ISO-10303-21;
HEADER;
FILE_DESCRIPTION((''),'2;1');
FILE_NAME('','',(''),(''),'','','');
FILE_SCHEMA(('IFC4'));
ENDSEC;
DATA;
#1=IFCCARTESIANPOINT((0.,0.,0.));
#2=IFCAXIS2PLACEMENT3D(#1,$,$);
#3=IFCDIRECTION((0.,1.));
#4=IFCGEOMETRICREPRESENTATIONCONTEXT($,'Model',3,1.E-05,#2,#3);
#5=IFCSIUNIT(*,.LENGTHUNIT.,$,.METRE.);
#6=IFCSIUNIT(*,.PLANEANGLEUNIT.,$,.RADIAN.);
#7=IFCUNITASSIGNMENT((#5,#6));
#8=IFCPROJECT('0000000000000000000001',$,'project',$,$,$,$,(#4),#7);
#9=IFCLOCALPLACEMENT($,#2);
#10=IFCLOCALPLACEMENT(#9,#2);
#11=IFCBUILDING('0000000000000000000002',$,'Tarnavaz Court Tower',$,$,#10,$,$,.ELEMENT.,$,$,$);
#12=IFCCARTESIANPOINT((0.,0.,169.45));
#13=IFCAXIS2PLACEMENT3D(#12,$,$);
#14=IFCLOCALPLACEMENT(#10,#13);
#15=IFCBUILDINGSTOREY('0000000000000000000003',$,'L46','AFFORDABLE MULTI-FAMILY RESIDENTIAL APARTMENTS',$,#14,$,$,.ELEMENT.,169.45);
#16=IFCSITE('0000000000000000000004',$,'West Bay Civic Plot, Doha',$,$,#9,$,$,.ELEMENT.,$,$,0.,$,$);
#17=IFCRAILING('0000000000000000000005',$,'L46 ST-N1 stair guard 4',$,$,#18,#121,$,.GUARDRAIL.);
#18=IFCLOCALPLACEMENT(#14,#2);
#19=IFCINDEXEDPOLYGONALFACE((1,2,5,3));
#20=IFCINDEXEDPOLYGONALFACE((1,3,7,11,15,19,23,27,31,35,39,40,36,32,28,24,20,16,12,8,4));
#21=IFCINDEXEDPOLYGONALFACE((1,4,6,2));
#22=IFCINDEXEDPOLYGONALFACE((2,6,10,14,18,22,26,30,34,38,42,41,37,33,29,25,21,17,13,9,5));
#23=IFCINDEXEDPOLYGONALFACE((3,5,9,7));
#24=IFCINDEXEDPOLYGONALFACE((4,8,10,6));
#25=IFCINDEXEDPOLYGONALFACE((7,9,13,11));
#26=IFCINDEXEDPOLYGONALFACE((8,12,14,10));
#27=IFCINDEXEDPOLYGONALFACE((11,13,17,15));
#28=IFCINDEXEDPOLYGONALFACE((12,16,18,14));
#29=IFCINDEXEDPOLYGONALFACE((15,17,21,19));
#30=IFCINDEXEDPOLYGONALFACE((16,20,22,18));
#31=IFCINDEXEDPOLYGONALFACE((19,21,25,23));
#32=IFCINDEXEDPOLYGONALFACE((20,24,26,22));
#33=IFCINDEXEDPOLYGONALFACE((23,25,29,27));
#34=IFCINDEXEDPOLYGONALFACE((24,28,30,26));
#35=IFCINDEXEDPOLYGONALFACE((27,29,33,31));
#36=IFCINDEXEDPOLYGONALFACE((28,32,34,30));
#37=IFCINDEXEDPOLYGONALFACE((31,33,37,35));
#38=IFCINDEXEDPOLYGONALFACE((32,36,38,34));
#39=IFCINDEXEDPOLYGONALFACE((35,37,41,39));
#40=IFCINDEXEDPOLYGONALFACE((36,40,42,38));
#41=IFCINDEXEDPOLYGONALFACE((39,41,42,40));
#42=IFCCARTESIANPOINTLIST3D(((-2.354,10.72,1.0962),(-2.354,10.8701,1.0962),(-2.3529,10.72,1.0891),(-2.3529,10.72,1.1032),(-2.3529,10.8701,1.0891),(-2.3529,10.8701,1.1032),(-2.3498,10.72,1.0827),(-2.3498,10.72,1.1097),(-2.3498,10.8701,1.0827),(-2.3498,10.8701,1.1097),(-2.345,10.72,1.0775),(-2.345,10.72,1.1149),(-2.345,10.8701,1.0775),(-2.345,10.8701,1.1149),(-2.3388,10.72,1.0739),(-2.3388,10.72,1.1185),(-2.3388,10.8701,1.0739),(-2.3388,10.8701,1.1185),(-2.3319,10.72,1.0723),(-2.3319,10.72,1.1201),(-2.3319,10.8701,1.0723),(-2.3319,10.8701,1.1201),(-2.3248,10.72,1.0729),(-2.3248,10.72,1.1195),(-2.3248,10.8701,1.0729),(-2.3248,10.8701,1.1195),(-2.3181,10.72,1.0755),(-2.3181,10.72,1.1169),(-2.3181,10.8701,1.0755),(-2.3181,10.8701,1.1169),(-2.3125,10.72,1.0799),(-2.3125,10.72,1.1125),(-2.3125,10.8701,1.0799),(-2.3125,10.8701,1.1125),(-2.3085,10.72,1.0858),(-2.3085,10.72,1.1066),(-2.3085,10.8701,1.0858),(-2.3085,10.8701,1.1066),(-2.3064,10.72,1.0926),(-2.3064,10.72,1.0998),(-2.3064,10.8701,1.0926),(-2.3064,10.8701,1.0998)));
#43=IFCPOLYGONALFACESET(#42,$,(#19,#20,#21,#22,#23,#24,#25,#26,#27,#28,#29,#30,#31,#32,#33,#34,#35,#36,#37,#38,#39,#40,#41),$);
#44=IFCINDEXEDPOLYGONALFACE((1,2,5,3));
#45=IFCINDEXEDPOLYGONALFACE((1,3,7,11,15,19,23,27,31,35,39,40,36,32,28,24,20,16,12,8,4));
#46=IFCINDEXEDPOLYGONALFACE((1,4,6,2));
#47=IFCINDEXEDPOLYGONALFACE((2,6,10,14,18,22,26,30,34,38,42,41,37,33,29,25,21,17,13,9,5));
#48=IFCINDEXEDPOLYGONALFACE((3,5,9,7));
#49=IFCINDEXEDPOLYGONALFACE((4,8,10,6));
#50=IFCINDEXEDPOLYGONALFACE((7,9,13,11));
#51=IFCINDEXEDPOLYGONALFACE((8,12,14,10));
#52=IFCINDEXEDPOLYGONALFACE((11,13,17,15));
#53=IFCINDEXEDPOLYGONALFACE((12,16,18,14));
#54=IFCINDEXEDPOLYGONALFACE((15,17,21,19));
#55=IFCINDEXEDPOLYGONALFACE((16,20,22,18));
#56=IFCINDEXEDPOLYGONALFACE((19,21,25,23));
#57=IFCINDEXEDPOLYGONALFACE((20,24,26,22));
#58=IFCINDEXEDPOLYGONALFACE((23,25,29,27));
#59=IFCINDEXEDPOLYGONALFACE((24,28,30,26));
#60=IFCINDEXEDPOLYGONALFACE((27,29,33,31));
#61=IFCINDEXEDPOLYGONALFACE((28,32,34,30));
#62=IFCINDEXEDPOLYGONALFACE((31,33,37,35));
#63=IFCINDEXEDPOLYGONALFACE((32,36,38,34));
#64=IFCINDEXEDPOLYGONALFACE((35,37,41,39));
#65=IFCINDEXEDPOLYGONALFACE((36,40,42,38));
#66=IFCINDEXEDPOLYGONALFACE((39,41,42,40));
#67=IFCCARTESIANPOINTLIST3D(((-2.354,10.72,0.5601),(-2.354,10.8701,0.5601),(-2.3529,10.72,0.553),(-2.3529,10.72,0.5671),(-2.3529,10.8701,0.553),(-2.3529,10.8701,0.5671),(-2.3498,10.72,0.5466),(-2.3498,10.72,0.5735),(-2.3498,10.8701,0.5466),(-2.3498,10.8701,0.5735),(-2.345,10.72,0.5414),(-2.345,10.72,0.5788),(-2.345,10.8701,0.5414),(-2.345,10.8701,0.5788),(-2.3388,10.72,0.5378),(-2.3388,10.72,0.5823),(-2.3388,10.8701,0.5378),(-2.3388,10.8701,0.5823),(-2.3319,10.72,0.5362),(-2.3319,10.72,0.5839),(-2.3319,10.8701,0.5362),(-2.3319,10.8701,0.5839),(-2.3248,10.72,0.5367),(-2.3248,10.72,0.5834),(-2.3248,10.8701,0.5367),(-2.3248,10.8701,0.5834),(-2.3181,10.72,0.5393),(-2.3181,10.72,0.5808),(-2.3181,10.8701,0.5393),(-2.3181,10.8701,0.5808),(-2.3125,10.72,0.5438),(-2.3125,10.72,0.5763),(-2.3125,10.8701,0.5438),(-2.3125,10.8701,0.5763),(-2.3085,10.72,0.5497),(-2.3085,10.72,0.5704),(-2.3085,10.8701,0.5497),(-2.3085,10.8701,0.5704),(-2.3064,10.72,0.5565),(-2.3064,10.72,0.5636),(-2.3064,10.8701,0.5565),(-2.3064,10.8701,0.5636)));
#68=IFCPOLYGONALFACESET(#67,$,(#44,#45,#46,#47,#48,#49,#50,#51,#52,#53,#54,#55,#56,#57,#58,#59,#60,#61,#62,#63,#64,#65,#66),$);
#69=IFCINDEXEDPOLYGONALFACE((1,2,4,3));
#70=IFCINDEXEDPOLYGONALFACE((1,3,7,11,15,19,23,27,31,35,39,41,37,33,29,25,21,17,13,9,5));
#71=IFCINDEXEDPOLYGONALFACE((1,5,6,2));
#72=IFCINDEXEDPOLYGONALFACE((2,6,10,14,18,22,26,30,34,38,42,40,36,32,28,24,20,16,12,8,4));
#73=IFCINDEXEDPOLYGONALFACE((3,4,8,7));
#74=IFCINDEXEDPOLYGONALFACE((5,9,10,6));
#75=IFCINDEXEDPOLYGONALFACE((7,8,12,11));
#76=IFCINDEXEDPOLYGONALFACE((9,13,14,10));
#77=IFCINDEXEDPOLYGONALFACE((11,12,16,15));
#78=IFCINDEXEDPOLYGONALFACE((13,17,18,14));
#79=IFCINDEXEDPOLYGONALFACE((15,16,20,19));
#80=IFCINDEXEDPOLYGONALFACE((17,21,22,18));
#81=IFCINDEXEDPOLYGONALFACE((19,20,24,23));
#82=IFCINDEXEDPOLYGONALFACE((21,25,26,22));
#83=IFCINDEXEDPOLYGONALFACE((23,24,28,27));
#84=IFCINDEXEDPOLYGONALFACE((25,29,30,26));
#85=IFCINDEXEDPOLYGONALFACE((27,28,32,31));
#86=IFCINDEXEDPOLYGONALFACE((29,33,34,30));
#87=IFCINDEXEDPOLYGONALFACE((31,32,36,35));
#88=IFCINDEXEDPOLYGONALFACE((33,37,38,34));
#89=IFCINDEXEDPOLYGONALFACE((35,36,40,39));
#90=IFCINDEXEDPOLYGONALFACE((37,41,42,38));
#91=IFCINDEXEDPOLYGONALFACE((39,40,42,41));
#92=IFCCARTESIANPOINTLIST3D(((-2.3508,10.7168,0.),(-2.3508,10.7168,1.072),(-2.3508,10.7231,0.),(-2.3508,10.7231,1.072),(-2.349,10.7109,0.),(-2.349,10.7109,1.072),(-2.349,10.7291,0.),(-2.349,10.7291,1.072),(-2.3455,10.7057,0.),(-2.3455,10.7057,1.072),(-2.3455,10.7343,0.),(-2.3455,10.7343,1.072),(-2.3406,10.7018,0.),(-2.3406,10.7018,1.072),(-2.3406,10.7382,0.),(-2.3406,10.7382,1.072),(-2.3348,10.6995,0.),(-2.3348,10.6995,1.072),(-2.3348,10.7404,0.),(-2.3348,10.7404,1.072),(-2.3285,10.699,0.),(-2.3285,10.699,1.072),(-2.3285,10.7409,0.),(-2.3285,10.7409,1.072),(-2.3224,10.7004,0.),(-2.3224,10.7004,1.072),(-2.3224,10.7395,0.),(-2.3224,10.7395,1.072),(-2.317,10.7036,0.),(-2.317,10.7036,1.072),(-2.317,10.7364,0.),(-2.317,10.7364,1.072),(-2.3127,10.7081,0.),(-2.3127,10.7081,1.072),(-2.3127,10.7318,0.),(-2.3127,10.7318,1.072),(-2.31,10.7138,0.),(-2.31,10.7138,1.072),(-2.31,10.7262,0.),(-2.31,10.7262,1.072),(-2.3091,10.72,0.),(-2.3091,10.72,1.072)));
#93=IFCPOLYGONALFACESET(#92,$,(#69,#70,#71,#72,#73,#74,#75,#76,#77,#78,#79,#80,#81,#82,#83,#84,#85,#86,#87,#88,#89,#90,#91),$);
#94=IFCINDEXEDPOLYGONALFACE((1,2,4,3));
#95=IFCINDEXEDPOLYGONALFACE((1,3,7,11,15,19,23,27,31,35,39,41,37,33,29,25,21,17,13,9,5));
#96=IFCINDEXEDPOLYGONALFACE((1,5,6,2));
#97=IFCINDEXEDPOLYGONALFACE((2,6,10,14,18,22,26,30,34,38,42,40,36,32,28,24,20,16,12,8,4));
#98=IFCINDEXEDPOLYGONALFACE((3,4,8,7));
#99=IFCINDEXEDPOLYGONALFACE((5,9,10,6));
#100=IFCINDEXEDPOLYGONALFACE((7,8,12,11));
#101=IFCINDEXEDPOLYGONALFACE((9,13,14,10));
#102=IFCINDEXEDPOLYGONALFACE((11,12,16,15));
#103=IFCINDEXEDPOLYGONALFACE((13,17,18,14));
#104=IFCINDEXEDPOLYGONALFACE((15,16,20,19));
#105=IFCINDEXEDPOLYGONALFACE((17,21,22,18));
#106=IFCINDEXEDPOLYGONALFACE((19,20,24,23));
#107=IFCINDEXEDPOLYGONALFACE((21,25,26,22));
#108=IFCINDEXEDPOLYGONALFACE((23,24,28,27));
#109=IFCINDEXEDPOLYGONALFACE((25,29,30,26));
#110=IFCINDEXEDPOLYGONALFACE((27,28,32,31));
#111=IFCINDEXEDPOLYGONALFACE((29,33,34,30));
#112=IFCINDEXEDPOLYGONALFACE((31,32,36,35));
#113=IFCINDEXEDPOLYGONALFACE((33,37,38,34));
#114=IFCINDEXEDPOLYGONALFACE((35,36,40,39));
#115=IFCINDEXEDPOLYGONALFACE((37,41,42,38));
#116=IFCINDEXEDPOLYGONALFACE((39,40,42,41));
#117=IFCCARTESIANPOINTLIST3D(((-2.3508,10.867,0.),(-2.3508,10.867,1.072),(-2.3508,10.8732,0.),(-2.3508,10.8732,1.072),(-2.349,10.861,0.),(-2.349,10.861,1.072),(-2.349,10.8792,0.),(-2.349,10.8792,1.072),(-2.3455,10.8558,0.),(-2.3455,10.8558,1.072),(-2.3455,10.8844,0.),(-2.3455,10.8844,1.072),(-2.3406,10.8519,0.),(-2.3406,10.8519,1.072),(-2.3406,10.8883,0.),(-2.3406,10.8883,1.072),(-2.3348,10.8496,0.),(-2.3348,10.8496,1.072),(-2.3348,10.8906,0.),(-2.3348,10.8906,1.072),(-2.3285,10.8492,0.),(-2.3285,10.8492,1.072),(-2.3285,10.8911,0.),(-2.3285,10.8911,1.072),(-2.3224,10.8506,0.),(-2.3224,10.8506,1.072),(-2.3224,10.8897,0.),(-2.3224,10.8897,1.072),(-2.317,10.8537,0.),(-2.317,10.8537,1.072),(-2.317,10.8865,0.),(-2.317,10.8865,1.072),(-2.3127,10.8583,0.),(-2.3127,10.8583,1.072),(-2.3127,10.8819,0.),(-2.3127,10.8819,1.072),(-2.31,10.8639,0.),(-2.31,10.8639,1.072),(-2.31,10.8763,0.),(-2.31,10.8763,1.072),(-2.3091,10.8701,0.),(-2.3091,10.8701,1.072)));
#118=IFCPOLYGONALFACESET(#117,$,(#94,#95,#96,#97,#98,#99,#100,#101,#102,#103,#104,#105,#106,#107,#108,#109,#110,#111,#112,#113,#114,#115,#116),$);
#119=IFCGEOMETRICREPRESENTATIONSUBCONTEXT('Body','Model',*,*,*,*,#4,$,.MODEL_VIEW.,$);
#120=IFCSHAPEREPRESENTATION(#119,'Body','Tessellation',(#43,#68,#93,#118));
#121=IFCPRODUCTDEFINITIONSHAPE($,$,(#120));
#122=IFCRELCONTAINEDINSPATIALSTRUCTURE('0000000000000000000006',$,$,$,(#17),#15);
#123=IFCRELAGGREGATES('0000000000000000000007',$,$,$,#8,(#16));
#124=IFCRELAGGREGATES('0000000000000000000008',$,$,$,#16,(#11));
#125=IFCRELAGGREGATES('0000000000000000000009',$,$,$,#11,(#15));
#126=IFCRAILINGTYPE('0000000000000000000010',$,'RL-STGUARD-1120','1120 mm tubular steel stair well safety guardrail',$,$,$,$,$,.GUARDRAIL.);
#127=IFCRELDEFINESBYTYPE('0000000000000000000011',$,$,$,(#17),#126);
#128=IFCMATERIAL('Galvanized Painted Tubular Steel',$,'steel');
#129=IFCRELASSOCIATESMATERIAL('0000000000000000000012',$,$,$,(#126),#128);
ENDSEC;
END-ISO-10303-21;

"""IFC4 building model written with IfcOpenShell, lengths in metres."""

from ifc_helpers import new_model, si_unit, direction, frame, origin, origin_2d, place, context, subcontext, project, spatial, circle, extrude, material, type_object, element, save


model = new_model("IFC4")

# Units and contexts
model_context = context("Model", 3, precision=1e-05, world=origin(), true_north=direction((0.0, 1.0)))
body_context = subcontext(model_context, "Body", "Model", "MODEL_VIEW")
ifc_project = project(units=[si_unit("LENGTHUNIT", "METRE"), si_unit("PLANEANGLEUNIT", "RADIAN")], contexts=[model_context])

# Site, building, storey
site_placement = place(None, origin())
site = spatial("IfcSite", under=ifc_project, at=site_placement, Name="West Bay Civic Plot, Doha", CompositionType="ELEMENT", RefElevation=0.0)
building_placement = place(site_placement, origin())
building = spatial("IfcBuilding", under=site, at=building_placement, Name="Tarnavaz Court Tower", CompositionType="ELEMENT")
storey_placement = place(building_placement, frame((0.0, 0.0, 169.45)))
storey = spatial("IfcBuildingStorey", under=building, at=storey_placement, Name="L46", Description="AFFORDABLE MULTI-FAMILY RESIDENTIAL APARTMENTS", CompositionType="ELEMENT", Elevation=169.45)

# Railing
ifc_material_1 = material(Name="Galvanized Painted Tubular Steel", Category="steel")
railing_type_1 = type_object("IfcRailingType", Name="RL-STGUARD-1120", Description="1120 mm tubular steel stair well safety guardrail", PredefinedType="GUARDRAIL", material=ifc_material_1)
railing_1_placement = place(storey_placement, frame((-2.3301, 10.72, 0.0)))
element("IfcRailing", 1, at=railing_1_placement, inside=storey, type_object=railing_type_1, Name="L46 ST-N1 stair guard 4", PredefinedType="GUARDRAIL", context=body_context, shape_type="SweptSolid", body=[
    extrude(circle(Radius=0.0239, at=origin_2d()), frame((0.0, 0.0, 1.0962), z_axis=(0.0, 1.0, 0.0), x_axis=(-1.0, 0.0, 0.0)), (0.0, 0.0, 1.0), 0.1501),
    extrude(circle(Radius=0.0239, at=origin_2d()), frame((0.0, 0.0, 0.5601), z_axis=(0.0, 1.0, 0.0), x_axis=(-1.0, 0.0, 0.0)), (0.0, 0.0, 1.0), 0.1501),
    extrude(circle(Radius=0.021, at=origin_2d()), origin(), (0.0, 0.0, 1.0), 1.072),
    extrude(circle(Radius=0.021, at=origin_2d()), frame((0.0, 0.1501, 0.0)), (0.0, 0.0, 1.0), 1.072),
])

save(model, "model.ifc")
